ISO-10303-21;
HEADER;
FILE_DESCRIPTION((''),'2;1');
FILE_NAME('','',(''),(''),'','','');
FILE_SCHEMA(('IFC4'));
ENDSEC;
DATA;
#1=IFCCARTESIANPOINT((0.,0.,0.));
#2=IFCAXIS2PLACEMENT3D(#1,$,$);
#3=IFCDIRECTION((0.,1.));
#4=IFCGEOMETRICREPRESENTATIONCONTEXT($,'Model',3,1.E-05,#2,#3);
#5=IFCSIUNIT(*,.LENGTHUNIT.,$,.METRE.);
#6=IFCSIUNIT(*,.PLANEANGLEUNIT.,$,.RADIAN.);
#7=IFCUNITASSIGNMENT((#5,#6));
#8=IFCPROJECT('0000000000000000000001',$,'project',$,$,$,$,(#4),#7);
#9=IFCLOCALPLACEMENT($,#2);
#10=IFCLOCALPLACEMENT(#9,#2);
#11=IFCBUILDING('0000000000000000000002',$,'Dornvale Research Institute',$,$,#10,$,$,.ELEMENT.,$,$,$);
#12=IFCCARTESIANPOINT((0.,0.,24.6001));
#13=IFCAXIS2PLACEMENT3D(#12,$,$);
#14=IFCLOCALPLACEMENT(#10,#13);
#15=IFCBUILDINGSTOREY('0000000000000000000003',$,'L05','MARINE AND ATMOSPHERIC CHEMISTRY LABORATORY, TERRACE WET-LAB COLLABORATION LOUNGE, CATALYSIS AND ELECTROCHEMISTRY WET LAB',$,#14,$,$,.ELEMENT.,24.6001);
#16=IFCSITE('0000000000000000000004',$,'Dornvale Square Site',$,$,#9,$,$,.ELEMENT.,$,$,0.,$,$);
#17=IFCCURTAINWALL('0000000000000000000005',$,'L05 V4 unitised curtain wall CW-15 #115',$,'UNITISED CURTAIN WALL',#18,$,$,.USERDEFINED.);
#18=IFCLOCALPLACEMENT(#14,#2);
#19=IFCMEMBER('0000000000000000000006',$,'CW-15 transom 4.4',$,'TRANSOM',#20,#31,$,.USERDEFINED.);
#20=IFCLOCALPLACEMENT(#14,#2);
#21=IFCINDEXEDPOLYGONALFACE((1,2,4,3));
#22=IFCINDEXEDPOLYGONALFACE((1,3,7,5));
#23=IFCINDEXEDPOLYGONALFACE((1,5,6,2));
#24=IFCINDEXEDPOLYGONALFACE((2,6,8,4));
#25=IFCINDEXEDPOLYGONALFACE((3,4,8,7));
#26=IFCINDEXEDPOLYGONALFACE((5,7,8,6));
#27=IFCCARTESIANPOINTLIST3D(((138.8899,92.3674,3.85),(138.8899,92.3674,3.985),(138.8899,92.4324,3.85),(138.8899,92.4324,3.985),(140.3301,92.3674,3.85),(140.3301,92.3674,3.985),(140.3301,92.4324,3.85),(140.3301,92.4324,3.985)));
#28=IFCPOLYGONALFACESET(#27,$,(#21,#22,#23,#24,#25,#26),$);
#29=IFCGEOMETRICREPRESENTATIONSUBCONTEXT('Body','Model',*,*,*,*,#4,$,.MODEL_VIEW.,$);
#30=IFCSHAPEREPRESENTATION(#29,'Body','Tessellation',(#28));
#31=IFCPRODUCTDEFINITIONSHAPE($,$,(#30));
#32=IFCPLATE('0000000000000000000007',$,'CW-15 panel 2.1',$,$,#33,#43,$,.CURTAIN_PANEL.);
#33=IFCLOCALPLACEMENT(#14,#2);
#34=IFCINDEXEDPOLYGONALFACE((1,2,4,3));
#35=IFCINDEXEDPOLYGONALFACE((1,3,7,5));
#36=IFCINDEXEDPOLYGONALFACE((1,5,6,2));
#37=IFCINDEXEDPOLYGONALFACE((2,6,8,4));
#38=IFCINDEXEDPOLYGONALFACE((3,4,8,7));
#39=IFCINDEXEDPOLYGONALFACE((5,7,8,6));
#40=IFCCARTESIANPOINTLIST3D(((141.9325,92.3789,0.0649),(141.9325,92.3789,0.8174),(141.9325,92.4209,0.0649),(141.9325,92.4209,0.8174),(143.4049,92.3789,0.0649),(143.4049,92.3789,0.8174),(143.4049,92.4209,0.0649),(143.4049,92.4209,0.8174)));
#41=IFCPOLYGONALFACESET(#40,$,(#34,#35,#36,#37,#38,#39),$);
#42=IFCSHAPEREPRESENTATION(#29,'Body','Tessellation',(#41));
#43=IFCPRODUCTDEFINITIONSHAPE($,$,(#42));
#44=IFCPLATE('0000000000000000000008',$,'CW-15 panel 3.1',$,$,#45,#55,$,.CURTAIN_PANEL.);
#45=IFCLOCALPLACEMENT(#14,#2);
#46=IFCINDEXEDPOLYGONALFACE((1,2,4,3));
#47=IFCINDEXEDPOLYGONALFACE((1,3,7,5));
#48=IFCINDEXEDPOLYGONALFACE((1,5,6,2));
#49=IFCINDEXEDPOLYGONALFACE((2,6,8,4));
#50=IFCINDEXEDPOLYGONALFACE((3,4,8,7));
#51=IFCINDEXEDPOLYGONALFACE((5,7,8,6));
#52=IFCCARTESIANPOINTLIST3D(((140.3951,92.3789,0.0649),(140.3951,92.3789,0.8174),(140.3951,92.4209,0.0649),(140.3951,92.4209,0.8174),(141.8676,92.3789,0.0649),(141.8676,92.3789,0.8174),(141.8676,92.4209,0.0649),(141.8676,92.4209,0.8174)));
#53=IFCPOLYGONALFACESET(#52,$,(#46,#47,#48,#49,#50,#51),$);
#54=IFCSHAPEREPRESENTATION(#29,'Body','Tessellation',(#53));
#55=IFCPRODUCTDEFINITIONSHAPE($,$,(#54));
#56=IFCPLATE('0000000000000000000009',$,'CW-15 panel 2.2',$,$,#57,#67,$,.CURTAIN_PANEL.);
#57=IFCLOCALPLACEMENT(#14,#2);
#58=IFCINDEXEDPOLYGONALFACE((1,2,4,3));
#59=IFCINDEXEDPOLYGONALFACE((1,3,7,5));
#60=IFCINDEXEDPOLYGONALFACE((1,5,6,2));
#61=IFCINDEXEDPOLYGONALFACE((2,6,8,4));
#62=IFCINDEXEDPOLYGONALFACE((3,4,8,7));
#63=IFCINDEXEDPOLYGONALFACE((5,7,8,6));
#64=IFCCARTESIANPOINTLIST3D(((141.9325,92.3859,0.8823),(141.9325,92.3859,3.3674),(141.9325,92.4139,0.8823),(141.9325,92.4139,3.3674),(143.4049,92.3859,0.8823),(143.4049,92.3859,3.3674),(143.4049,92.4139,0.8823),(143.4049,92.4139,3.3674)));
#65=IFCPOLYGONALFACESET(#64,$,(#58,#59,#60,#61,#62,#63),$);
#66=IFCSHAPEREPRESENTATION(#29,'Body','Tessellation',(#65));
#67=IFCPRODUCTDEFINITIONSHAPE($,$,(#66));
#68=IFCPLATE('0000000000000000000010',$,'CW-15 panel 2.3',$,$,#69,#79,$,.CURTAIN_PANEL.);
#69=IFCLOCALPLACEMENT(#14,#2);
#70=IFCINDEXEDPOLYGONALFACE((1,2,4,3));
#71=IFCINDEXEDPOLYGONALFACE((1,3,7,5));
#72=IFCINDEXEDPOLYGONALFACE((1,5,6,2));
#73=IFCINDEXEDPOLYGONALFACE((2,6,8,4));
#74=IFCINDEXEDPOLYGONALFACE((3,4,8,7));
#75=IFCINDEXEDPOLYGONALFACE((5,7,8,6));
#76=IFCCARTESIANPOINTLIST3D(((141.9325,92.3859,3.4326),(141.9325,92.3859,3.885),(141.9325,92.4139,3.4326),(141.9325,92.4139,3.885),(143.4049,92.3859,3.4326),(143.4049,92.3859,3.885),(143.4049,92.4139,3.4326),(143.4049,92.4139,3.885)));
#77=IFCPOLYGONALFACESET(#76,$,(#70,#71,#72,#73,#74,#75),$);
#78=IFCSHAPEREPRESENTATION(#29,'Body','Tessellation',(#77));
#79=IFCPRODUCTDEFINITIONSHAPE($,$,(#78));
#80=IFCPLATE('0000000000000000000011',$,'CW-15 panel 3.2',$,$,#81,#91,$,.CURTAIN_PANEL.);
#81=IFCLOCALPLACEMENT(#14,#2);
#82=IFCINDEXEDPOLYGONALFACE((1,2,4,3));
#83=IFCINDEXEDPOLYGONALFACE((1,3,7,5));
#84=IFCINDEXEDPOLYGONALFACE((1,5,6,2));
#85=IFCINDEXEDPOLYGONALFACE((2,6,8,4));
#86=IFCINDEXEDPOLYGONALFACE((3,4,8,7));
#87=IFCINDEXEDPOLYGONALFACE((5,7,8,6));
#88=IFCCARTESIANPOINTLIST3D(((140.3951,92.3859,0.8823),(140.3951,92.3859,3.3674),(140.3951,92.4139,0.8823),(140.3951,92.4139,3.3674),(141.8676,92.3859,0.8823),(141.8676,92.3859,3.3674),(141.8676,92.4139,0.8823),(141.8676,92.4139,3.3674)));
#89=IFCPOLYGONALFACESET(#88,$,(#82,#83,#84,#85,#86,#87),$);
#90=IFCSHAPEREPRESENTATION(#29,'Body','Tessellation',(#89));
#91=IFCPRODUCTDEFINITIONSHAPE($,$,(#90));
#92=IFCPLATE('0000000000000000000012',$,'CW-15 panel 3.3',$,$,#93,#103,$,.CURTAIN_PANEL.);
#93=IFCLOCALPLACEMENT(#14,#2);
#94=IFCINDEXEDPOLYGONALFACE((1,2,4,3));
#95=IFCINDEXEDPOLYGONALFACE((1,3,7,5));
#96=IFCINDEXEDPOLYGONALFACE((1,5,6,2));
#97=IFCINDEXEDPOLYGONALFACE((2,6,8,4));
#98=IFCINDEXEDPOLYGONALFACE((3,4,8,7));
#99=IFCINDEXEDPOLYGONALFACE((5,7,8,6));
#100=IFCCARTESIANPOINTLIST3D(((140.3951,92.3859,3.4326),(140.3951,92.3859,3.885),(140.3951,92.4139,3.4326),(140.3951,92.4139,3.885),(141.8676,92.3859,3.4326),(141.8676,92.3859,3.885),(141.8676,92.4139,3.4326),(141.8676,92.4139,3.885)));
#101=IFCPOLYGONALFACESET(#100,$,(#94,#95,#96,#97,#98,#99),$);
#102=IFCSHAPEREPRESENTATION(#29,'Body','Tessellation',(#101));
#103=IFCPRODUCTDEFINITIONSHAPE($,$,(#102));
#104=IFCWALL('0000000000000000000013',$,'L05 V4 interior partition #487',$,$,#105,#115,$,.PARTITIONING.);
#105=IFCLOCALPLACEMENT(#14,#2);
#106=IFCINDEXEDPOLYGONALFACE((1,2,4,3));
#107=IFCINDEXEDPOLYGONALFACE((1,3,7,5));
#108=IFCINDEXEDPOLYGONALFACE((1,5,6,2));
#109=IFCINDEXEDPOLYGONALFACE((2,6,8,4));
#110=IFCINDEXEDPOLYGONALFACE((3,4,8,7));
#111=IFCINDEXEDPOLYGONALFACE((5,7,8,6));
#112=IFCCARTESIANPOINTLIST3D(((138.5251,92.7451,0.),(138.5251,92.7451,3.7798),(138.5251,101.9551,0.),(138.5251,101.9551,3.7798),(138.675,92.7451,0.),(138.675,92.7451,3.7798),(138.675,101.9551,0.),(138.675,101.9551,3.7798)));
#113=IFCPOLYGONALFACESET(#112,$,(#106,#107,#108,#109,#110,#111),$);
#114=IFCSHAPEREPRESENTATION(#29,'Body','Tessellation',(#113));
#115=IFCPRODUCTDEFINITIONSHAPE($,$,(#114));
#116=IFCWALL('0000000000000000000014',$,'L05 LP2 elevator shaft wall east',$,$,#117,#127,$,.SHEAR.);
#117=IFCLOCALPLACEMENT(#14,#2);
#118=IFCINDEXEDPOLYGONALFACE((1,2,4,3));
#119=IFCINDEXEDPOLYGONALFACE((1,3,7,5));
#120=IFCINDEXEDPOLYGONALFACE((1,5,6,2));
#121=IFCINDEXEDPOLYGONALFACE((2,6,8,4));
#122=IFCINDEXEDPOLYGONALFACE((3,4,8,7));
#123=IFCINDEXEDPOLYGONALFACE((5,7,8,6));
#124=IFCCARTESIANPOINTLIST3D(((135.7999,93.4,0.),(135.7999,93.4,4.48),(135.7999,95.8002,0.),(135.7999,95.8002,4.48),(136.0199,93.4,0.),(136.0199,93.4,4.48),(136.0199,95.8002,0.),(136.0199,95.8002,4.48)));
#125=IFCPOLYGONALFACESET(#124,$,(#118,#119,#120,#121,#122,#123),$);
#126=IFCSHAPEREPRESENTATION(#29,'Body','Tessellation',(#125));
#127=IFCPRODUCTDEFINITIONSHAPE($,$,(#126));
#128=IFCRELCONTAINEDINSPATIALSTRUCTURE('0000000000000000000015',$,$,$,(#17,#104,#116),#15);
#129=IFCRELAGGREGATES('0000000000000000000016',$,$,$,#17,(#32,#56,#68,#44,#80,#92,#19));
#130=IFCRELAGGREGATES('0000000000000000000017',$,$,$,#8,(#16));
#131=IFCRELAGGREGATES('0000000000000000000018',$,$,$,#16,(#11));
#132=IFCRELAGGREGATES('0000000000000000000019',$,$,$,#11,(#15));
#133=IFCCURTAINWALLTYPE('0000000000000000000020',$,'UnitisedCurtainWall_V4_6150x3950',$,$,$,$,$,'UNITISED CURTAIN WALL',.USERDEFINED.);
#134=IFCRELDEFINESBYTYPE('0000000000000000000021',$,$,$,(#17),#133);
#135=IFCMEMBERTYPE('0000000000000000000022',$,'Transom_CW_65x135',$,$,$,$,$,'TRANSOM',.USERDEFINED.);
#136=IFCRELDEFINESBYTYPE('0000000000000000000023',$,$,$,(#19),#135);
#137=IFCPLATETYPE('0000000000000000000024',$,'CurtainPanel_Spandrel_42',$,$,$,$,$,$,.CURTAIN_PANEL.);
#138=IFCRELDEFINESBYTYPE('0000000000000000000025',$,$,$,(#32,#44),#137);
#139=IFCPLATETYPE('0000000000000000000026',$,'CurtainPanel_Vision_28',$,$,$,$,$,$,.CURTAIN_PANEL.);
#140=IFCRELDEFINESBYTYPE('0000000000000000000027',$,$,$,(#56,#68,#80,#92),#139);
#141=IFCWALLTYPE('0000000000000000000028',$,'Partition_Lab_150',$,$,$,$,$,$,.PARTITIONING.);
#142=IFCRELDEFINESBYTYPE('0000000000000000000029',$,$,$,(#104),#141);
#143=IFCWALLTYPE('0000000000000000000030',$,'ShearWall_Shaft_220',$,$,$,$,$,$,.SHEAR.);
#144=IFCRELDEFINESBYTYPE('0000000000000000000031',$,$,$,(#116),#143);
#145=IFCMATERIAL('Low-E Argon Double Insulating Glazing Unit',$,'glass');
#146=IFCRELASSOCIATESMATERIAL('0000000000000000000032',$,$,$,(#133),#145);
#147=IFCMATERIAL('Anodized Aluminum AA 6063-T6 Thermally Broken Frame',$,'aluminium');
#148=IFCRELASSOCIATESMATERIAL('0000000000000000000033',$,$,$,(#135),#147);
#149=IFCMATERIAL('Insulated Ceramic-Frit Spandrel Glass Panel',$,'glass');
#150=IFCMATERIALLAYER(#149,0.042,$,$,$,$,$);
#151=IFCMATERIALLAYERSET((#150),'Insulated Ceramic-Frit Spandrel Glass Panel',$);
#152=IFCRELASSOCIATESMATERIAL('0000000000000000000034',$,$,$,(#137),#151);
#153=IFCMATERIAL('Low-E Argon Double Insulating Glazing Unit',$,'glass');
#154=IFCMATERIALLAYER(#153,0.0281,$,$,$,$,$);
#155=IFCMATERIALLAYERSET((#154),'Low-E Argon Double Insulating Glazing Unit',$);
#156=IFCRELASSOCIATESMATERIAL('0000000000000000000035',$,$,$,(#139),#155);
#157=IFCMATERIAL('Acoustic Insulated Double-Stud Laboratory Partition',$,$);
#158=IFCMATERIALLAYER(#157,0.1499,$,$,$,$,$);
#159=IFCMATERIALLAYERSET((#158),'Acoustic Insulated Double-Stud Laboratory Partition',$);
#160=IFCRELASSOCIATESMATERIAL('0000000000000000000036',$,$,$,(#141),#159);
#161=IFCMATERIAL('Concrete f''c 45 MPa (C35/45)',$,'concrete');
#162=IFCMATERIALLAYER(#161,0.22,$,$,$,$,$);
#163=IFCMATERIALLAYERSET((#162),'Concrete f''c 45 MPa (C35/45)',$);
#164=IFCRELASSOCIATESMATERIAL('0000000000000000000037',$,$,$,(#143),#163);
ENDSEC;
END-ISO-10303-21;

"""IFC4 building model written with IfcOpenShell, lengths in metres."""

from ifc_helpers import new_model, si_unit, direction, frame, frame_2d, origin, origin_2d, place, context, subcontext, project, spatial, rectangle, extrude, material, layer, layer_set, material_profile, profile_set, type_object, element, aggregate, save


model = new_model("IFC4")

# Units and contexts
model_context = context("Model", 3, precision=1e-05, world=origin(), true_north=direction((0.0, 1.0)))
body_context = subcontext(model_context, "Body", "Model", "MODEL_VIEW")
ifc_project = project(units=[si_unit("LENGTHUNIT", "METRE"), si_unit("PLANEANGLEUNIT", "RADIAN")], contexts=[model_context])

# Site, building, storey
site_placement = place(None, origin())
site = spatial("IfcSite", under=ifc_project, at=site_placement, Name="Dornvale Square Site", CompositionType="ELEMENT", RefElevation=0.0)
building_placement = place(site_placement, origin())
building = spatial("IfcBuilding", under=site, at=building_placement, Name="Dornvale Research Institute", CompositionType="ELEMENT")
storey_placement = place(building_placement, frame((0.0, 0.0, 24.6001)))
storey = spatial("IfcBuildingStorey", under=building, at=storey_placement, Name="L05", Description="MARINE AND ATMOSPHERIC CHEMISTRY LABORATORY, TERRACE WET-LAB COLLABORATION LOUNGE, CATALYSIS AND ELECTROCHEMISTRY WET LAB", CompositionType="ELEMENT", Elevation=24.6001)

# Curtain wall, member, plates
ifc_material_1 = material(Name="Low-E Argon Double Insulating Glazing Unit", Category="glass")
curtain_wall_type = type_object("IfcCurtainWallType", Name="UnitisedCurtainWall_V4_6150x3950", ElementType="UNITISED CURTAIN WALL", PredefinedType="USERDEFINED", material=ifc_material_1)
curtain_wall_placement = place(storey_placement, origin())
curtain_wall = element("IfcCurtainWall", 1, at=curtain_wall_placement, inside=storey, type_object=curtain_wall_type, Name="L05 V4 unitised curtain wall CW-15 #115", ObjectType="UNITISED CURTAIN WALL", PredefinedType="USERDEFINED")
ifc_material_2 = material(Name="Anodized Aluminum AA 6063-T6 Thermally Broken Frame", Category="aluminium")
ifc_material_profile_1 = material_profile(ifc_material_2, rectangle(XDim=0.0649, YDim=0.135, at=origin_2d()), Name="ALU TRANSOM 65x135")
ifc_profile_set_1 = profile_set([ifc_material_profile_1], Name="Anodized Aluminum AA 6063-T6 Thermally Broken Frame")
member_type_1 = type_object("IfcMemberType", Name="Transom_CW_65x135", ElementType="TRANSOM", PredefinedType="USERDEFINED", material=ifc_profile_set_1)
member_1_placement = place(storey_placement, frame((140.3301, 92.3999, 3.9175), z_axis=(-1.0, 0.0, 0.0), x_axis=(0.0, -1.0, 0.0)))
member_1 = element("IfcMember", 2, at=member_1_placement, type_object=member_type_1, Name="CW-15 transom 4.4", ObjectType="TRANSOM", PredefinedType="USERDEFINED", context=body_context, shape_type="SweptSolid", body=[
    extrude(rectangle(XDim=0.0649, YDim=0.135, at=origin_2d()), origin(), (0.0, 0.0, 1.0), 1.4402),
])
ifc_material_3 = material(Name="Insulated Ceramic-Frit Spandrel Glass Panel", Category="glass")
ifc_layer_1 = layer(ifc_material_3, 0.042)
ifc_layer_set_1 = layer_set([ifc_layer_1], Name="Insulated Ceramic-Frit Spandrel Glass Panel")
plate_type_1 = type_object("IfcPlateType", Name="CurtainPanel_Spandrel_42", PredefinedType="CURTAIN_PANEL", material=ifc_layer_set_1)
plate_1_placement = place(storey_placement, frame((142.6687, 92.3999, 0.0649), z_axis=(0.0, 0.0, 1.0), x_axis=(-1.0, 0.0, 0.0)))
plate_1 = element("IfcPlate", 3, at=plate_1_placement, type_object=plate_type_1, Name="CW-15 panel 2.1", PredefinedType="CURTAIN_PANEL", context=body_context, shape_type="SweptSolid", body=[
    extrude(rectangle(XDim=1.4724, YDim=0.042, at=origin_2d()), origin(), (0.0, 0.0, 1.0), 0.7524),
])
plate_2_placement = place(storey_placement, frame((141.1313, 92.3999, 0.0649), z_axis=(0.0, 0.0, 1.0), x_axis=(-1.0, 0.0, 0.0)))
plate_2 = element("IfcPlate", 4, at=plate_2_placement, type_object=plate_type_1, Name="CW-15 panel 3.1", PredefinedType="CURTAIN_PANEL", context=body_context, shape_type="SweptSolid", body=[
    extrude(rectangle(XDim=1.4724, YDim=0.042, at=origin_2d()), origin(), (0.0, 0.0, 1.0), 0.7524),
])
ifc_material_4 = material(Name="Low-E Argon Double Insulating Glazing Unit", Category="glass")
ifc_layer_2 = layer(ifc_material_4, 0.0281)
ifc_layer_set_2 = layer_set([ifc_layer_2], Name="Low-E Argon Double Insulating Glazing Unit")
plate_type_2 = type_object("IfcPlateType", Name="CurtainPanel_Vision_28", PredefinedType="CURTAIN_PANEL", material=ifc_layer_set_2)
plate_3_placement = place(storey_placement, frame((142.6687, 92.3999, 0.8823), z_axis=(0.0, 0.0, 1.0), x_axis=(-1.0, 0.0, 0.0)))
plate_3 = element("IfcPlate", 5, at=plate_3_placement, type_object=plate_type_2, Name="CW-15 panel 2.2", PredefinedType="CURTAIN_PANEL", context=body_context, shape_type="SweptSolid", body=[
    extrude(rectangle(XDim=1.4724, YDim=0.0281, at=origin_2d()), origin(), (0.0, 0.0, 1.0), 2.4851),
])
plate_4_placement = place(storey_placement, frame((142.6687, 92.3999, 3.4326), z_axis=(0.0, 0.0, 1.0), x_axis=(-1.0, 0.0, 0.0)))
plate_4 = element("IfcPlate", 6, at=plate_4_placement, type_object=plate_type_2, Name="CW-15 panel 2.3", PredefinedType="CURTAIN_PANEL", context=body_context, shape_type="SweptSolid", body=[
    extrude(rectangle(XDim=1.4724, YDim=0.0281, at=origin_2d()), origin(), (0.0, 0.0, 1.0), 0.4524),
])
plate_5_placement = place(storey_placement, frame((141.1313, 92.3999, 0.8823), z_axis=(0.0, 0.0, 1.0), x_axis=(-1.0, 0.0, 0.0)))
plate_5 = element("IfcPlate", 7, at=plate_5_placement, type_object=plate_type_2, Name="CW-15 panel 3.2", PredefinedType="CURTAIN_PANEL", context=body_context, shape_type="SweptSolid", body=[
    extrude(rectangle(XDim=1.4724, YDim=0.0281, at=origin_2d()), origin(), (0.0, 0.0, 1.0), 2.4851),
])
plate_6_placement = place(storey_placement, frame((141.1313, 92.3999, 3.4326), z_axis=(0.0, 0.0, 1.0), x_axis=(-1.0, 0.0, 0.0)))
plate_6 = element("IfcPlate", 8, at=plate_6_placement, type_object=plate_type_2, Name="CW-15 panel 3.3", PredefinedType="CURTAIN_PANEL", context=body_context, shape_type="SweptSolid", body=[
    extrude(rectangle(XDim=1.4724, YDim=0.0281, at=origin_2d()), origin(), (0.0, 0.0, 1.0), 0.4524),
])
aggregate(curtain_wall, [plate_1, plate_3, plate_4, plate_2, plate_5, plate_6, member_1])

# Walls
ifc_material_5 = material(Name="Acoustic Insulated Double-Stud Laboratory Partition")
ifc_layer_3 = layer(ifc_material_5, 0.1499)
ifc_layer_set_3 = layer_set([ifc_layer_3], Name="Acoustic Insulated Double-Stud Laboratory Partition")
wall_type_1 = type_object("IfcWallType", Name="Partition_Lab_150", PredefinedType="PARTITIONING", material=ifc_layer_set_3)
wall_1_placement = place(storey_placement, frame((138.6001, 92.7451, 0.0), z_axis=(0.0, 0.0, 1.0), x_axis=(0.0, 1.0, 0.0)))
element("IfcWall", 9, at=wall_1_placement, inside=storey, type_object=wall_type_1, Name="L05 V4 interior partition #487", PredefinedType="PARTITIONING", context=body_context, shape_type="SweptSolid", body=[
    extrude(rectangle(XDim=9.21, YDim=0.1499, at=frame_2d((4.605, 0.0))), origin(), (0.0, 0.0, 1.0), 3.7798),
])
ifc_material_6 = material(Name="Concrete f'c 45 MPa (C35/45)", Category="concrete")
ifc_layer_4 = layer(ifc_material_6, 0.22)
ifc_layer_set_4 = layer_set([ifc_layer_4], Name="Concrete f'c 45 MPa (C35/45)")
wall_type_2 = type_object("IfcWallType", Name="ShearWall_Shaft_220", PredefinedType="SHEAR", material=ifc_layer_set_4)
wall_2_placement = place(storey_placement, frame((135.9099, 93.3999, 0.0), z_axis=(0.0, 0.0, 1.0), x_axis=(0.0, 1.0, 0.0)))
element("IfcWall", 10, at=wall_2_placement, inside=storey, type_object=wall_type_2, Name="L05 LP2 elevator shaft wall east", PredefinedType="SHEAR", context=body_context, shape_type="SweptSolid", body=[
    extrude(rectangle(XDim=2.4001, YDim=0.22, at=frame_2d((1.2002, 0.0))), origin(), (0.0, 0.0, 1.0), 4.48),
])

save(model, "model.ifc")
